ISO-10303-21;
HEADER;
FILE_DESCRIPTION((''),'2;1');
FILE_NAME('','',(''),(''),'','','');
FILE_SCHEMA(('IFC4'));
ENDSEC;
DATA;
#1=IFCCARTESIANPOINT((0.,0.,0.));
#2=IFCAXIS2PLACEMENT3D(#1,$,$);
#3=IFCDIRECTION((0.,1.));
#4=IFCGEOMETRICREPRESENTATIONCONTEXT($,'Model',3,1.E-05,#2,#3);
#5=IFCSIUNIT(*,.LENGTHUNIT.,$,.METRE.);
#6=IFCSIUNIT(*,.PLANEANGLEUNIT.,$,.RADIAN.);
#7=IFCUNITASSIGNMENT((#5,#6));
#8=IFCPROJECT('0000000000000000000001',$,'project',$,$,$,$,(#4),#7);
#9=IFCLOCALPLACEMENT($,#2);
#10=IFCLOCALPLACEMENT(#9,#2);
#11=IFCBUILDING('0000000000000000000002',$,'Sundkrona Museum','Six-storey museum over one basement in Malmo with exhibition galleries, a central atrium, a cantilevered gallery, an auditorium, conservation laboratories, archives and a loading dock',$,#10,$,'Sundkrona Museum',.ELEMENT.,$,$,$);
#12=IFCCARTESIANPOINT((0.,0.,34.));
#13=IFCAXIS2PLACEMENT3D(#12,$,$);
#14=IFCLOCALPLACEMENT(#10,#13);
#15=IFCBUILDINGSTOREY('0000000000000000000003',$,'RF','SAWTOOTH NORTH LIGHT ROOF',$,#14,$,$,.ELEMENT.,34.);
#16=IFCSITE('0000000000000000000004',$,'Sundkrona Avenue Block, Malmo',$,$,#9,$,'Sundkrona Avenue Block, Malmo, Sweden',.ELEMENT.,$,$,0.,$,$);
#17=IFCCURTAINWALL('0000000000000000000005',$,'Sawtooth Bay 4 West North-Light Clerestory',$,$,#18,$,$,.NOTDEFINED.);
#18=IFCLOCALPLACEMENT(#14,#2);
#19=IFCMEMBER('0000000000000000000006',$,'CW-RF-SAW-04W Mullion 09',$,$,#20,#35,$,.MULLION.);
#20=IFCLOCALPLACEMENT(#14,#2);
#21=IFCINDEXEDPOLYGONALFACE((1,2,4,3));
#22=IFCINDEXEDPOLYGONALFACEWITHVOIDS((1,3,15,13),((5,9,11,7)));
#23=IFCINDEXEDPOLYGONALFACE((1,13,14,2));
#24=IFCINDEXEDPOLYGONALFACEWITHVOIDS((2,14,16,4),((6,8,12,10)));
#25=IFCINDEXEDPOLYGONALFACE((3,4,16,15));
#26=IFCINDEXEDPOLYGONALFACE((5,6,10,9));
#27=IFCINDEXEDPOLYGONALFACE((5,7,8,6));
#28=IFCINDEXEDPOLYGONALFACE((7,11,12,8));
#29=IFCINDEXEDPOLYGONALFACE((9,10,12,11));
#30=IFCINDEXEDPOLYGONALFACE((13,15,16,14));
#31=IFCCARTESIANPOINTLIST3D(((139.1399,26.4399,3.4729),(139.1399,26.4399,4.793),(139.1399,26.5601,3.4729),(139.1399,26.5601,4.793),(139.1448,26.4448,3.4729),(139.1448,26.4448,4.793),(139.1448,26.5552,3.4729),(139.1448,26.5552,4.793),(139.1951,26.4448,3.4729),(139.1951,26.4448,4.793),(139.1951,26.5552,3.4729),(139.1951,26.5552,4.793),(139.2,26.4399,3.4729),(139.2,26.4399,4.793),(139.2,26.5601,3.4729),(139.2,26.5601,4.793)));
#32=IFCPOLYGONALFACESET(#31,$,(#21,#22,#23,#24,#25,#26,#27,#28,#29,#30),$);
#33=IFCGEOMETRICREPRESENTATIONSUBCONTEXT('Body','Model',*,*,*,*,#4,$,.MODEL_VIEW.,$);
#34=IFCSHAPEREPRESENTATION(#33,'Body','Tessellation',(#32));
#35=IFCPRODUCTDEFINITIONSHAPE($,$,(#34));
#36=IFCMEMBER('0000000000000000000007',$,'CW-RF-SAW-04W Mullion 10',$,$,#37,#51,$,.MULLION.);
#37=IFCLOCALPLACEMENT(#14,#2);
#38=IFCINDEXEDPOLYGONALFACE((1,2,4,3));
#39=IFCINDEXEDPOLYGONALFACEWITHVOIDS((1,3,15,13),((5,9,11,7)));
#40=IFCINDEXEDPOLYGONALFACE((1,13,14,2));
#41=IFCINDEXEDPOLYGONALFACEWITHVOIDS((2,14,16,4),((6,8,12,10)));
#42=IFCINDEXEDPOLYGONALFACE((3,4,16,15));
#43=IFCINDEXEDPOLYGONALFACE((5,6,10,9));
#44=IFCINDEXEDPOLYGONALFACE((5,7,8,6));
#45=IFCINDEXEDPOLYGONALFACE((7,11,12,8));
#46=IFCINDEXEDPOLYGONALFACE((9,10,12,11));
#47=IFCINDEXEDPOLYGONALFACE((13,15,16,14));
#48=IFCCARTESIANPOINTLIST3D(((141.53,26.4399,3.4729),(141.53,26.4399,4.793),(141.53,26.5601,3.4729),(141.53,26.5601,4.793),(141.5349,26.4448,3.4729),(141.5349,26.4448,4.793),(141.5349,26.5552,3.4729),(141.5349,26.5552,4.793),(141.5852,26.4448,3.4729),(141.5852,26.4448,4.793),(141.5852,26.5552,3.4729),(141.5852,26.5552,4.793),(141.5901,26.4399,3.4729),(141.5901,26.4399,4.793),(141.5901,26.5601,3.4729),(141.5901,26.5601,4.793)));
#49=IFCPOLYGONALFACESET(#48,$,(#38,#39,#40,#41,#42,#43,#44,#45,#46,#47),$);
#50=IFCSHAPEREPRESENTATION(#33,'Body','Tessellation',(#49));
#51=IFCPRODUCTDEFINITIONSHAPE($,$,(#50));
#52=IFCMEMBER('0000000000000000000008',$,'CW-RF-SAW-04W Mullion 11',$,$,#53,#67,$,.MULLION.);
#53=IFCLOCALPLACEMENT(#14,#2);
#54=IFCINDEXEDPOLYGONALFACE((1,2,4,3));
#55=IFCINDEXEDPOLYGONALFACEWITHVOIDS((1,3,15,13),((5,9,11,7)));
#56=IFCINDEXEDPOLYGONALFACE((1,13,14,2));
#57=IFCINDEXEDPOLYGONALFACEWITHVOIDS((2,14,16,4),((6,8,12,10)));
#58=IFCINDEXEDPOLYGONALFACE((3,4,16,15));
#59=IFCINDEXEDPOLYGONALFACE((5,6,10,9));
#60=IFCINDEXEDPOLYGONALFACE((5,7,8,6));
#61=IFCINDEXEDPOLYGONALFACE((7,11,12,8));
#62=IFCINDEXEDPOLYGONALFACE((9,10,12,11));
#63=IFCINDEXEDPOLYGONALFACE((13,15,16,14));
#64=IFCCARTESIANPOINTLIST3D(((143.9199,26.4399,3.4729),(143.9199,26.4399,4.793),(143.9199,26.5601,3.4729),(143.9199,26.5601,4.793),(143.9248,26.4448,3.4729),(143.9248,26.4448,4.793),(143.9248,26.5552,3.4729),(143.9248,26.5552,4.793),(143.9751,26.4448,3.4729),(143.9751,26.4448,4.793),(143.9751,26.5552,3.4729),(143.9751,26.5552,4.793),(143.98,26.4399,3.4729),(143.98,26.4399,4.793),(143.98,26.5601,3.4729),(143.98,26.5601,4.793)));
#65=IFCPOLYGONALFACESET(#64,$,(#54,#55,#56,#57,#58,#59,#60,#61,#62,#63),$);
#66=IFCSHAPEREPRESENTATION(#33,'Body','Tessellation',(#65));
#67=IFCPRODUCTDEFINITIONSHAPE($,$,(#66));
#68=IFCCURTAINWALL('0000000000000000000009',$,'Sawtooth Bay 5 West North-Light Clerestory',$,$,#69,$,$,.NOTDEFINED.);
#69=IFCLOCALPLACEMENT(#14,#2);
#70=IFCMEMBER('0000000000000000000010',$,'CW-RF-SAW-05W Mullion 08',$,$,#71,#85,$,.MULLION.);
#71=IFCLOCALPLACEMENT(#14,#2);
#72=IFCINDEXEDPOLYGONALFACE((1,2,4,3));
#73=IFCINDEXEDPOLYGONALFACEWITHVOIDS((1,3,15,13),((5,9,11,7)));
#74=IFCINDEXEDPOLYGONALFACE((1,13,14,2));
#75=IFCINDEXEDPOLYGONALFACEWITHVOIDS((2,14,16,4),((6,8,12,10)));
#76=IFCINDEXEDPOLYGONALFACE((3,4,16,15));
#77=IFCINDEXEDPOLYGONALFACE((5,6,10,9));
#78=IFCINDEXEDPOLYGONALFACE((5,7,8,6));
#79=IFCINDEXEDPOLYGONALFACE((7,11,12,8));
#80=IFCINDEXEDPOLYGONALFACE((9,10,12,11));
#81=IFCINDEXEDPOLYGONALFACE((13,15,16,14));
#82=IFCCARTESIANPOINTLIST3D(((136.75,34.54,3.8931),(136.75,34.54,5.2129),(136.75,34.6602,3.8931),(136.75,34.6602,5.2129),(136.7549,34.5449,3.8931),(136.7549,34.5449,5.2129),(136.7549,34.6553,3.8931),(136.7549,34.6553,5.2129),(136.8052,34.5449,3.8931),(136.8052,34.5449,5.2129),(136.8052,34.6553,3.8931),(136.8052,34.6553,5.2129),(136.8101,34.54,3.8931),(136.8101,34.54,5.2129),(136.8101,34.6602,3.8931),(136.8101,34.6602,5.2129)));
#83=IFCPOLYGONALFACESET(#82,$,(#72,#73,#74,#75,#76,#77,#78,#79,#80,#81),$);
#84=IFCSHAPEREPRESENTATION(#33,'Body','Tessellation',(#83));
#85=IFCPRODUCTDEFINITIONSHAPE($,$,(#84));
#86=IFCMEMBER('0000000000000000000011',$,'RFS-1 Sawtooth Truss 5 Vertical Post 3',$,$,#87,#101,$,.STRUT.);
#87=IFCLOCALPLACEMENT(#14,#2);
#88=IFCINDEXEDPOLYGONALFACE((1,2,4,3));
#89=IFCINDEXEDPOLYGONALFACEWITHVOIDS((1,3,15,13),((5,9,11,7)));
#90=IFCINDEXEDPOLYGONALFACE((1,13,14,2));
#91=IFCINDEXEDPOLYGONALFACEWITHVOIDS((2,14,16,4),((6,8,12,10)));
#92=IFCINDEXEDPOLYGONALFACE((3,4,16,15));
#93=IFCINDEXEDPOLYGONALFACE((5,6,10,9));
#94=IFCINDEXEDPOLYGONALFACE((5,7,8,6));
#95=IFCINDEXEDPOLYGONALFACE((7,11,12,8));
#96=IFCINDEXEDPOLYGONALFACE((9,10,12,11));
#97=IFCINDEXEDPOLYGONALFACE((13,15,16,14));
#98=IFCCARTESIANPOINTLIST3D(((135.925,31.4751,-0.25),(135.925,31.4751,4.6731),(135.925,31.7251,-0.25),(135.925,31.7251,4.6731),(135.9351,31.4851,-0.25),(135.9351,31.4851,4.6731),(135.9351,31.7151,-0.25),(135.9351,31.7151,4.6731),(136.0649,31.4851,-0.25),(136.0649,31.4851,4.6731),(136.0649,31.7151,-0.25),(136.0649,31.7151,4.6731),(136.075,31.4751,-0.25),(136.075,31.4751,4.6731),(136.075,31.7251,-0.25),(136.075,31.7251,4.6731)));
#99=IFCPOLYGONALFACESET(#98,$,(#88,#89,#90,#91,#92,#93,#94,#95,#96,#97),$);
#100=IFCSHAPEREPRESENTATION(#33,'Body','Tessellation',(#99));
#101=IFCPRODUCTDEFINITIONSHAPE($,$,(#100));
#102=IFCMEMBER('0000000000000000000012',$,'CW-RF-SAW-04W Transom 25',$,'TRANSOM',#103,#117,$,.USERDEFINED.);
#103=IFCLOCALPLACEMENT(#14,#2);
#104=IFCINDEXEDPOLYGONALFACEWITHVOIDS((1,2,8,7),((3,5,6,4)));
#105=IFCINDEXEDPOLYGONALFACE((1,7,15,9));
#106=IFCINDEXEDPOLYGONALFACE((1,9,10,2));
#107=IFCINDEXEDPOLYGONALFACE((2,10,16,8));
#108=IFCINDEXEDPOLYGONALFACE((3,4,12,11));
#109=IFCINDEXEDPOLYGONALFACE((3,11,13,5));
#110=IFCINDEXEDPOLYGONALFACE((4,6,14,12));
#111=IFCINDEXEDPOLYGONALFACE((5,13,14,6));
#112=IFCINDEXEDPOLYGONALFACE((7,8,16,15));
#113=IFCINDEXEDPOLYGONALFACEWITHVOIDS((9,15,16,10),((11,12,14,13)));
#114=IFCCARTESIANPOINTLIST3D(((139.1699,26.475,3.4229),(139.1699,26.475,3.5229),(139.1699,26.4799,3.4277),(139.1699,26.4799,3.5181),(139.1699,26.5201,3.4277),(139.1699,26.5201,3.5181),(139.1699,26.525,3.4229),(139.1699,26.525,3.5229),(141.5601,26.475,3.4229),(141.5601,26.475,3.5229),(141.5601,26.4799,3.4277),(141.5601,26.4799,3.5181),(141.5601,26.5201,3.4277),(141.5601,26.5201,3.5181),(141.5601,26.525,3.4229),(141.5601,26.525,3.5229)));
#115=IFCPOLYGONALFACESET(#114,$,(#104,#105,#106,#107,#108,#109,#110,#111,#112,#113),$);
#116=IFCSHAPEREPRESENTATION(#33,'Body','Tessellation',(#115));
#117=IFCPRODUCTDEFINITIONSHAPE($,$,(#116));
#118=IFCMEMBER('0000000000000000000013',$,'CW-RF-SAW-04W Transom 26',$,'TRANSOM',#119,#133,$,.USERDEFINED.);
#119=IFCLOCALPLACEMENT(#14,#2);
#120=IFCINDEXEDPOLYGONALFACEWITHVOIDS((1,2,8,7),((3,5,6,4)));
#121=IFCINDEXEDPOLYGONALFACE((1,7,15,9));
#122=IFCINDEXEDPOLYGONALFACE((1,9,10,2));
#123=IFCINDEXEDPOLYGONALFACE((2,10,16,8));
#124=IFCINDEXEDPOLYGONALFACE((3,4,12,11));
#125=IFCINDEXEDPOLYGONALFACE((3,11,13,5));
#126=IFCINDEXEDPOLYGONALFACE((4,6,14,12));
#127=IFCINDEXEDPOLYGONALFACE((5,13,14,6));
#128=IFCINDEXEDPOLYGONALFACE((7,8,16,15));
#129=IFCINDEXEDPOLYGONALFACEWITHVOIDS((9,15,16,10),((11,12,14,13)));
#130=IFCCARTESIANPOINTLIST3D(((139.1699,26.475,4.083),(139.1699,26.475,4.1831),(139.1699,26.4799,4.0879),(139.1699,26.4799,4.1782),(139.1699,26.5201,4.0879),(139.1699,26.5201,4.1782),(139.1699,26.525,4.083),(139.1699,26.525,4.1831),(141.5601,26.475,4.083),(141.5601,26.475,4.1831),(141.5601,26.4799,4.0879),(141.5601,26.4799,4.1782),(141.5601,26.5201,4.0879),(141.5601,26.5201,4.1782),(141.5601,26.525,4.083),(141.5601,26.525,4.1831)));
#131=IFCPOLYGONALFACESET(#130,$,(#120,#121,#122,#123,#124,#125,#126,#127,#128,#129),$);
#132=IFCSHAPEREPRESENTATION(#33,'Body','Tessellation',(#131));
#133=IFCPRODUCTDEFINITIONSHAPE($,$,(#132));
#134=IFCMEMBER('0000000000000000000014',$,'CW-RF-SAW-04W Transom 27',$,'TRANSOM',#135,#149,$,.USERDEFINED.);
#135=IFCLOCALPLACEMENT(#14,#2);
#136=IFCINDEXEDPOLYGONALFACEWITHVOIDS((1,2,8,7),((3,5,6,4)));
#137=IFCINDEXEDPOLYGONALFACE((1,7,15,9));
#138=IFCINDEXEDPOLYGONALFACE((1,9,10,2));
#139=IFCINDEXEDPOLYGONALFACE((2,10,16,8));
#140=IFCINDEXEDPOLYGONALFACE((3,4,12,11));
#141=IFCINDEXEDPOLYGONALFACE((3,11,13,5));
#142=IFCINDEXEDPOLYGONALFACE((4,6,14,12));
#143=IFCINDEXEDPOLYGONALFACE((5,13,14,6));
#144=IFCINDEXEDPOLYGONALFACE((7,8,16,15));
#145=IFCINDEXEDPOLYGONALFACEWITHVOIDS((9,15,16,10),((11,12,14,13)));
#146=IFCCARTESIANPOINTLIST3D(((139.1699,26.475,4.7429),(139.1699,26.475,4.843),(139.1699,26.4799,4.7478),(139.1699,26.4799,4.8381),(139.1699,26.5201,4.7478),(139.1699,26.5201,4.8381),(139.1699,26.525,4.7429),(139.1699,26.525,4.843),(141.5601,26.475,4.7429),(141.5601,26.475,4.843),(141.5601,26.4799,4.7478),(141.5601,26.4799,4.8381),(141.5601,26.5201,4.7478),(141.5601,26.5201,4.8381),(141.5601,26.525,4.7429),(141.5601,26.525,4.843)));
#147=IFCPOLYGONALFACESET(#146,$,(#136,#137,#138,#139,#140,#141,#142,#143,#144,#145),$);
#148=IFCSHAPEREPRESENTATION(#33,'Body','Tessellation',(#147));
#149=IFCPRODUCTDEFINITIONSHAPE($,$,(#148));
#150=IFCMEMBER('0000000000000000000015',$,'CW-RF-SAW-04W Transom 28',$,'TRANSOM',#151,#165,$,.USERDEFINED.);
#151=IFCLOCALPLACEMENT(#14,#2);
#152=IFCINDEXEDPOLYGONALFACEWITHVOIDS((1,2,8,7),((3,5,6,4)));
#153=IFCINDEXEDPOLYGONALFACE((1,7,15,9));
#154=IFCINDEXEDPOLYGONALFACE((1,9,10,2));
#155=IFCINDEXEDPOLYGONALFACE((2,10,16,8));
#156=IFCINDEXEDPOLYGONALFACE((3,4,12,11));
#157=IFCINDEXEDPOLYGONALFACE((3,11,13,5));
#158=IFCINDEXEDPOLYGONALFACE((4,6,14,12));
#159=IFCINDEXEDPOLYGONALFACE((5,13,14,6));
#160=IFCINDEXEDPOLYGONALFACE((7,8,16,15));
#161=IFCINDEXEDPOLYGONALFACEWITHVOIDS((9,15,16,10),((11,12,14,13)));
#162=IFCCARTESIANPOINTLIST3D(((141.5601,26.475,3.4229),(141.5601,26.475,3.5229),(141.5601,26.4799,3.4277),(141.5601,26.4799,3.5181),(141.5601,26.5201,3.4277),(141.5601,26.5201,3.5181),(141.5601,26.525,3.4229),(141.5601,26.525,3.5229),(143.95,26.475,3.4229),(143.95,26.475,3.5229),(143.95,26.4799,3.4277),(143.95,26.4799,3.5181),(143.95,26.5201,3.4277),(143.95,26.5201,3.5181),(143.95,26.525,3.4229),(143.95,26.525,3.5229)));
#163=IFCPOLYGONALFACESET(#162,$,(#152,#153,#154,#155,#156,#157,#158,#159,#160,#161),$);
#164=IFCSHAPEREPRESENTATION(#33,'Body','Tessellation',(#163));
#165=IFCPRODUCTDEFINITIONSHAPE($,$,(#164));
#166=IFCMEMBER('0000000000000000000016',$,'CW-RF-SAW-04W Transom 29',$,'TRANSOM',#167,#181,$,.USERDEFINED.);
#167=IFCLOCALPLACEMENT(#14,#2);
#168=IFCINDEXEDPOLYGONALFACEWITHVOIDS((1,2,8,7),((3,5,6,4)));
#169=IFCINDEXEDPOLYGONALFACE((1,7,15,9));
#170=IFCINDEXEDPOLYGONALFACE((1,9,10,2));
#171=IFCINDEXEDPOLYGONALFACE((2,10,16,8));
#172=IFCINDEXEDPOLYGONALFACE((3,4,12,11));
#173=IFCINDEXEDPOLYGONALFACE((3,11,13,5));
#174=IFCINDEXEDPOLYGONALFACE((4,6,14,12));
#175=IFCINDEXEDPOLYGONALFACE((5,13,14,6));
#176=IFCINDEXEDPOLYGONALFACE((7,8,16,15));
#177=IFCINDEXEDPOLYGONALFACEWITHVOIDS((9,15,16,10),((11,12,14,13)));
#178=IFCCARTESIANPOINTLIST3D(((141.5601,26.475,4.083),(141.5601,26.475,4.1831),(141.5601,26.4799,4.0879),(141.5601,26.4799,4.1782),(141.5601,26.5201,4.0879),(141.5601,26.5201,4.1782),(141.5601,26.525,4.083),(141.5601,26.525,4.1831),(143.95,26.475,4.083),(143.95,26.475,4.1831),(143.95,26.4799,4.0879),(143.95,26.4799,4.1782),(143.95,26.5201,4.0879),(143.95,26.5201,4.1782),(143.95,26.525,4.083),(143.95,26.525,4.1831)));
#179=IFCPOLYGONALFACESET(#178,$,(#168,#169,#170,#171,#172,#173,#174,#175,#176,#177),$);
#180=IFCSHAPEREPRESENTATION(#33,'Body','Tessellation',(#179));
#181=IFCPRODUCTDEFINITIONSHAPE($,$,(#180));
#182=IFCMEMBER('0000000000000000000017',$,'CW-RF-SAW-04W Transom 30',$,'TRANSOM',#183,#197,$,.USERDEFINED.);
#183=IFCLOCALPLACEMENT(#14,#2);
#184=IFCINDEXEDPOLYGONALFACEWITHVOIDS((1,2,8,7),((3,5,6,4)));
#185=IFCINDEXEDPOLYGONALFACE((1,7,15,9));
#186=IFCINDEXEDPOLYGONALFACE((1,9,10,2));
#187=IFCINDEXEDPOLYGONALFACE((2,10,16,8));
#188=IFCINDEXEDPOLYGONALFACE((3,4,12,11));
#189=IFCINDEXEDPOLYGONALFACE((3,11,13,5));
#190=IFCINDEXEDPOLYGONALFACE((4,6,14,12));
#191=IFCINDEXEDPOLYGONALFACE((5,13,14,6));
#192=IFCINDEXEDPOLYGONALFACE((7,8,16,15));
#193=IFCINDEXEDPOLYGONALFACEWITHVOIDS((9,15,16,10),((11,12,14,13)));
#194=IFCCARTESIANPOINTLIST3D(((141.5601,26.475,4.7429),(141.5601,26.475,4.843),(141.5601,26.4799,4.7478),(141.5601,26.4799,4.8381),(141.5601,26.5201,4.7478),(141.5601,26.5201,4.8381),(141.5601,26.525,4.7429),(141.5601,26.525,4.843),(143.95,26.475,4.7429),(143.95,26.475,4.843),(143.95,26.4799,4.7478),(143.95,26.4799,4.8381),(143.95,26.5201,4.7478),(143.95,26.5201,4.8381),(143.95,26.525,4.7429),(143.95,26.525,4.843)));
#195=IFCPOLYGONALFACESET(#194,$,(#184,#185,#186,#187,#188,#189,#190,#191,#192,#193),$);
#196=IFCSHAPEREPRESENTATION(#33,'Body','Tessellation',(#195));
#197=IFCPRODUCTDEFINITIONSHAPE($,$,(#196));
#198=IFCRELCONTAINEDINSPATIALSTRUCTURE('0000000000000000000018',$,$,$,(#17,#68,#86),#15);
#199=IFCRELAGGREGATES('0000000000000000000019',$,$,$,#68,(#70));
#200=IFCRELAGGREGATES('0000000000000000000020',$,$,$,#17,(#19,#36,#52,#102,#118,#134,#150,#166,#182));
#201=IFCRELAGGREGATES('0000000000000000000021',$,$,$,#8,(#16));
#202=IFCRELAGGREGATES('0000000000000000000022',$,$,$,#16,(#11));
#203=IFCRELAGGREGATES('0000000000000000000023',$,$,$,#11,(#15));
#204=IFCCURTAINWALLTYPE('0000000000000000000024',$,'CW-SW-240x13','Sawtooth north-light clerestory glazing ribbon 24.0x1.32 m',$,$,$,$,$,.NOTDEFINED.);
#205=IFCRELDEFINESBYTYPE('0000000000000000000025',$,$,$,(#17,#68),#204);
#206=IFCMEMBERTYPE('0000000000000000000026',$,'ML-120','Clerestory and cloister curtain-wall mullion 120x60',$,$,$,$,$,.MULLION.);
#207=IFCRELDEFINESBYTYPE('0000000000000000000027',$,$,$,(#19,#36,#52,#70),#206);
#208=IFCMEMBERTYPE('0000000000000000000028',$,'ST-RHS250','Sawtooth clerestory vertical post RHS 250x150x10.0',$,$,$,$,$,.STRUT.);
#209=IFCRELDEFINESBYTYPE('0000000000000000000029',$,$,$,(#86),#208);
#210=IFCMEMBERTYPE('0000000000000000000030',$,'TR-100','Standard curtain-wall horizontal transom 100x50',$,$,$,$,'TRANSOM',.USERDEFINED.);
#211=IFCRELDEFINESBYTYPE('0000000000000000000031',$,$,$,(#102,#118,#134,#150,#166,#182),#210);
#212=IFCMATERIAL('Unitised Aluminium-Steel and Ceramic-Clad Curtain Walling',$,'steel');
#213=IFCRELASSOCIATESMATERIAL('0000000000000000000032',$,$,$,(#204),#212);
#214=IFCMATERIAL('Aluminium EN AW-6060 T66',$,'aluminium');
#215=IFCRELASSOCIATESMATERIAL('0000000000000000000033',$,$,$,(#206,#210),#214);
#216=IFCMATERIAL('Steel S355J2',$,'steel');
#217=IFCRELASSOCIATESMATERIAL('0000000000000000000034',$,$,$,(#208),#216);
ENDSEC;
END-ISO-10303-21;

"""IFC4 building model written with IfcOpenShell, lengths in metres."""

from ifc_helpers import new_model, si_unit, direction, frame, origin, origin_2d, place, context, subcontext, project, spatial, hollow_rectangle, extrude, material, material_profile, profile_set, type_object, element, aggregate, save


model = new_model("IFC4")

# Units and contexts
model_context = context("Model", 3, precision=1e-05, world=origin(), true_north=direction((0.0, 1.0)))
body_context = subcontext(model_context, "Body", "Model", "MODEL_VIEW")
ifc_project = project(units=[si_unit("LENGTHUNIT", "METRE"), si_unit("PLANEANGLEUNIT", "RADIAN")], contexts=[model_context])

# Site, building, storey
site_placement = place(None, origin())
site = spatial("IfcSite", under=ifc_project, at=site_placement, Name="Sundkrona Avenue Block, Malmo", LongName="Sundkrona Avenue Block, Malmo, Sweden", CompositionType="ELEMENT", RefElevation=0.0)
building_placement = place(site_placement, origin())
building = spatial("IfcBuilding", under=site, at=building_placement, Name="Sundkrona Museum", Description="Six-storey museum over one basement in Malmo with exhibition galleries, a central atrium, a cantilevered gallery, an auditorium, conservation laboratories, archives and a loading dock", LongName="Sundkrona Museum", CompositionType="ELEMENT")
storey_placement = place(building_placement, frame((0.0, 0.0, 34.0)))
storey = spatial("IfcBuildingStorey", under=building, at=storey_placement, Name="RF", Description="SAWTOOTH NORTH LIGHT ROOF", CompositionType="ELEMENT", Elevation=34.0)

# Curtain wall, members
ifc_material_1 = material(Name="Unitised Aluminium-Steel and Ceramic-Clad Curtain Walling", Category="steel")
curtain_wall_type = type_object("IfcCurtainWallType", Name="CW-SW-240x13", Description="Sawtooth north-light clerestory glazing ribbon 24.0x1.32 m", PredefinedType="NOTDEFINED", material=ifc_material_1)
curtain_wall_1_placement = place(storey_placement, origin())
curtain_wall_1 = element("IfcCurtainWall", 1, at=curtain_wall_1_placement, inside=storey, type_object=curtain_wall_type, Name="Sawtooth Bay 4 West North-Light Clerestory", PredefinedType="NOTDEFINED")
ifc_material_2 = material(Name="Aluminium EN AW-6060 T66", Category="aluminium")
ifc_material_profile_1 = material_profile(ifc_material_2, hollow_rectangle(XDim=0.0601, YDim=0.1201, WallThickness=0.0049, at=origin_2d()), Name="RHS 120x60x5.0")
ifc_profile_set_1 = profile_set([ifc_material_profile_1], Name="Aluminium EN AW-6060 T66")
member_type_1 = type_object("IfcMemberType", Name="ML-120", Description="Clerestory and cloister curtain-wall mullion 120x60", PredefinedType="MULLION", material=ifc_profile_set_1)
member_1_placement = place(storey_placement, frame((139.1699, 26.5, 3.4729), z_axis=(0.0, 0.0, 1.0), x_axis=(1.0, 0.0, 0.0)))
member_1 = element("IfcMember", 2, at=member_1_placement, type_object=member_type_1, Name="CW-RF-SAW-04W Mullion 09", PredefinedType="MULLION", context=body_context, shape_type="SweptSolid", body=[
    extrude(hollow_rectangle(XDim=0.0601, YDim=0.1201, WallThickness=0.0049, at=origin_2d()), origin(), (0.0, 0.0, 1.0), 1.3201),
])
member_2_placement = place(storey_placement, frame((141.5601, 26.5, 3.4729), z_axis=(0.0, 0.0, 1.0), x_axis=(1.0, 0.0, 0.0)))
member_2 = element("IfcMember", 3, at=member_2_placement, type_object=member_type_1, Name="CW-RF-SAW-04W Mullion 10", PredefinedType="MULLION", context=body_context, shape_type="SweptSolid", body=[
    extrude(hollow_rectangle(XDim=0.0601, YDim=0.1201, WallThickness=0.0049, at=origin_2d()), origin(), (0.0, 0.0, 1.0), 1.3201),
])
member_3_placement = place(storey_placement, frame((143.95, 26.5, 3.4729), z_axis=(0.0, 0.0, 1.0), x_axis=(1.0, 0.0, 0.0)))
member_3 = element("IfcMember", 4, at=member_3_placement, type_object=member_type_1, Name="CW-RF-SAW-04W Mullion 11", PredefinedType="MULLION", context=body_context, shape_type="SweptSolid", body=[
    extrude(hollow_rectangle(XDim=0.0601, YDim=0.1201, WallThickness=0.0049, at=origin_2d()), origin(), (0.0, 0.0, 1.0), 1.3201),
])

# Curtain wall, member
curtain_wall_2_placement = place(storey_placement, origin())
curtain_wall_2 = element("IfcCurtainWall", 5, at=curtain_wall_2_placement, inside=storey, type_object=curtain_wall_type, Name="Sawtooth Bay 5 West North-Light Clerestory", PredefinedType="NOTDEFINED")
member_4_placement = place(storey_placement, frame((136.78, 34.6001, 3.8931), z_axis=(0.0, 0.0, 1.0), x_axis=(1.0, 0.0, 0.0)))
member_4 = element("IfcMember", 6, at=member_4_placement, type_object=member_type_1, Name="CW-RF-SAW-05W Mullion 08", PredefinedType="MULLION", context=body_context, shape_type="SweptSolid", body=[
    extrude(hollow_rectangle(XDim=0.0601, YDim=0.1201, WallThickness=0.0049, at=origin_2d()), origin(), (0.0, 0.0, 1.0), 1.3198),
])

# Members
ifc_material_3 = material(Name="Steel S355J2", Category="steel")
ifc_material_profile_2 = material_profile(ifc_material_3, hollow_rectangle(XDim=0.1499, YDim=0.25, WallThickness=0.01, at=origin_2d()), Name="RHS 250x150x10.0")
ifc_profile_set_2 = profile_set([ifc_material_profile_2], Name="Steel S355J2")
member_type_2 = type_object("IfcMemberType", Name="ST-RHS250", Description="Sawtooth clerestory vertical post RHS 250x150x10.0", PredefinedType="STRUT", material=ifc_profile_set_2)
member_5_placement = place(storey_placement, frame((136.0, 31.6001, -0.25), z_axis=(0.0, 0.0, 1.0), x_axis=(1.0, 0.0, 0.0)))
element("IfcMember", 7, at=member_5_placement, inside=storey, type_object=member_type_2, Name="RFS-1 Sawtooth Truss 5 Vertical Post 3", PredefinedType="STRUT", context=body_context, shape_type="SweptSolid", body=[
    extrude(hollow_rectangle(XDim=0.1499, YDim=0.25, WallThickness=0.01, at=origin_2d()), origin(), (0.0, 0.0, 1.0), 4.9231),
])
ifc_material_profile_3 = material_profile(ifc_material_2, hollow_rectangle(XDim=0.05, YDim=0.1001, WallThickness=0.0049, at=origin_2d()), Name="RHS 100x50x5.0")
ifc_profile_set_3 = profile_set([ifc_material_profile_3], Name="Aluminium EN AW-6060 T66")
member_type_3 = type_object("IfcMemberType", Name="TR-100", Description="Standard curtain-wall horizontal transom 100x50", ElementType="TRANSOM", PredefinedType="USERDEFINED", material=ifc_profile_set_3)
member_6_placement = place(storey_placement, frame((139.1699, 26.5, 3.4729), z_axis=(1.0, 0.0, 0.0), x_axis=(0.0, 1.0, 0.0)))
member_6 = element("IfcMember", 8, at=member_6_placement, type_object=member_type_3, Name="CW-RF-SAW-04W Transom 25", ObjectType="TRANSOM", PredefinedType="USERDEFINED", context=body_context, shape_type="SweptSolid", body=[
    extrude(hollow_rectangle(XDim=0.05, YDim=0.1001, WallThickness=0.0049, at=origin_2d()), origin(), (0.0, 0.0, 1.0), 2.3901),
])
member_7_placement = place(storey_placement, frame((139.1699, 26.5, 4.1331), z_axis=(1.0, 0.0, 0.0), x_axis=(0.0, 1.0, 0.0)))
member_7 = element("IfcMember", 9, at=member_7_placement, type_object=member_type_3, Name="CW-RF-SAW-04W Transom 26", ObjectType="TRANSOM", PredefinedType="USERDEFINED", context=body_context, shape_type="SweptSolid", body=[
    extrude(hollow_rectangle(XDim=0.05, YDim=0.1001, WallThickness=0.0049, at=origin_2d()), origin(), (0.0, 0.0, 1.0), 2.3901),
])
member_8_placement = place(storey_placement, frame((139.1699, 26.5, 4.793), z_axis=(1.0, 0.0, 0.0), x_axis=(0.0, 1.0, 0.0)))
member_8 = element("IfcMember", 10, at=member_8_placement, type_object=member_type_3, Name="CW-RF-SAW-04W Transom 27", ObjectType="TRANSOM", PredefinedType="USERDEFINED", context=body_context, shape_type="SweptSolid", body=[
    extrude(hollow_rectangle(XDim=0.05, YDim=0.1001, WallThickness=0.0049, at=origin_2d()), origin(), (0.0, 0.0, 1.0), 2.3901),
])
member_9_placement = place(storey_placement, frame((141.5601, 26.5, 3.4729), z_axis=(1.0, 0.0, 0.0), x_axis=(0.0, 1.0, 0.0)))
member_9 = element("IfcMember", 11, at=member_9_placement, type_object=member_type_3, Name="CW-RF-SAW-04W Transom 28", ObjectType="TRANSOM", PredefinedType="USERDEFINED", context=body_context, shape_type="SweptSolid", body=[
    extrude(hollow_rectangle(XDim=0.05, YDim=0.1001, WallThickness=0.0049, at=origin_2d()), origin(), (0.0, 0.0, 1.0), 2.3899),
])
member_10_placement = place(storey_placement, frame((141.5601, 26.5, 4.1331), z_axis=(1.0, 0.0, 0.0), x_axis=(0.0, 1.0, 0.0)))
member_10 = element("IfcMember", 12, at=member_10_placement, type_object=member_type_3, Name="CW-RF-SAW-04W Transom 29", ObjectType="TRANSOM", PredefinedType="USERDEFINED", context=body_context, shape_type="SweptSolid", body=[
    extrude(hollow_rectangle(XDim=0.05, YDim=0.1001, WallThickness=0.0049, at=origin_2d()), origin(), (0.0, 0.0, 1.0), 2.3899),
])
member_11_placement = place(storey_placement, frame((141.5601, 26.5, 4.793), z_axis=(1.0, 0.0, 0.0), x_axis=(0.0, 1.0, 0.0)))
member_11 = element("IfcMember", 13, at=member_11_placement, type_object=member_type_3, Name="CW-RF-SAW-04W Transom 30", ObjectType="TRANSOM", PredefinedType="USERDEFINED", context=body_context, shape_type="SweptSolid", body=[
    extrude(hollow_rectangle(XDim=0.05, YDim=0.1001, WallThickness=0.0049, at=origin_2d()), origin(), (0.0, 0.0, 1.0), 2.3899),
])
aggregate(curtain_wall_2, [member_4])

aggregate(curtain_wall_1, [member_1, member_2, member_3, member_6, member_7, member_8, member_9, member_10, member_11])

save(model, "model.ifc")
